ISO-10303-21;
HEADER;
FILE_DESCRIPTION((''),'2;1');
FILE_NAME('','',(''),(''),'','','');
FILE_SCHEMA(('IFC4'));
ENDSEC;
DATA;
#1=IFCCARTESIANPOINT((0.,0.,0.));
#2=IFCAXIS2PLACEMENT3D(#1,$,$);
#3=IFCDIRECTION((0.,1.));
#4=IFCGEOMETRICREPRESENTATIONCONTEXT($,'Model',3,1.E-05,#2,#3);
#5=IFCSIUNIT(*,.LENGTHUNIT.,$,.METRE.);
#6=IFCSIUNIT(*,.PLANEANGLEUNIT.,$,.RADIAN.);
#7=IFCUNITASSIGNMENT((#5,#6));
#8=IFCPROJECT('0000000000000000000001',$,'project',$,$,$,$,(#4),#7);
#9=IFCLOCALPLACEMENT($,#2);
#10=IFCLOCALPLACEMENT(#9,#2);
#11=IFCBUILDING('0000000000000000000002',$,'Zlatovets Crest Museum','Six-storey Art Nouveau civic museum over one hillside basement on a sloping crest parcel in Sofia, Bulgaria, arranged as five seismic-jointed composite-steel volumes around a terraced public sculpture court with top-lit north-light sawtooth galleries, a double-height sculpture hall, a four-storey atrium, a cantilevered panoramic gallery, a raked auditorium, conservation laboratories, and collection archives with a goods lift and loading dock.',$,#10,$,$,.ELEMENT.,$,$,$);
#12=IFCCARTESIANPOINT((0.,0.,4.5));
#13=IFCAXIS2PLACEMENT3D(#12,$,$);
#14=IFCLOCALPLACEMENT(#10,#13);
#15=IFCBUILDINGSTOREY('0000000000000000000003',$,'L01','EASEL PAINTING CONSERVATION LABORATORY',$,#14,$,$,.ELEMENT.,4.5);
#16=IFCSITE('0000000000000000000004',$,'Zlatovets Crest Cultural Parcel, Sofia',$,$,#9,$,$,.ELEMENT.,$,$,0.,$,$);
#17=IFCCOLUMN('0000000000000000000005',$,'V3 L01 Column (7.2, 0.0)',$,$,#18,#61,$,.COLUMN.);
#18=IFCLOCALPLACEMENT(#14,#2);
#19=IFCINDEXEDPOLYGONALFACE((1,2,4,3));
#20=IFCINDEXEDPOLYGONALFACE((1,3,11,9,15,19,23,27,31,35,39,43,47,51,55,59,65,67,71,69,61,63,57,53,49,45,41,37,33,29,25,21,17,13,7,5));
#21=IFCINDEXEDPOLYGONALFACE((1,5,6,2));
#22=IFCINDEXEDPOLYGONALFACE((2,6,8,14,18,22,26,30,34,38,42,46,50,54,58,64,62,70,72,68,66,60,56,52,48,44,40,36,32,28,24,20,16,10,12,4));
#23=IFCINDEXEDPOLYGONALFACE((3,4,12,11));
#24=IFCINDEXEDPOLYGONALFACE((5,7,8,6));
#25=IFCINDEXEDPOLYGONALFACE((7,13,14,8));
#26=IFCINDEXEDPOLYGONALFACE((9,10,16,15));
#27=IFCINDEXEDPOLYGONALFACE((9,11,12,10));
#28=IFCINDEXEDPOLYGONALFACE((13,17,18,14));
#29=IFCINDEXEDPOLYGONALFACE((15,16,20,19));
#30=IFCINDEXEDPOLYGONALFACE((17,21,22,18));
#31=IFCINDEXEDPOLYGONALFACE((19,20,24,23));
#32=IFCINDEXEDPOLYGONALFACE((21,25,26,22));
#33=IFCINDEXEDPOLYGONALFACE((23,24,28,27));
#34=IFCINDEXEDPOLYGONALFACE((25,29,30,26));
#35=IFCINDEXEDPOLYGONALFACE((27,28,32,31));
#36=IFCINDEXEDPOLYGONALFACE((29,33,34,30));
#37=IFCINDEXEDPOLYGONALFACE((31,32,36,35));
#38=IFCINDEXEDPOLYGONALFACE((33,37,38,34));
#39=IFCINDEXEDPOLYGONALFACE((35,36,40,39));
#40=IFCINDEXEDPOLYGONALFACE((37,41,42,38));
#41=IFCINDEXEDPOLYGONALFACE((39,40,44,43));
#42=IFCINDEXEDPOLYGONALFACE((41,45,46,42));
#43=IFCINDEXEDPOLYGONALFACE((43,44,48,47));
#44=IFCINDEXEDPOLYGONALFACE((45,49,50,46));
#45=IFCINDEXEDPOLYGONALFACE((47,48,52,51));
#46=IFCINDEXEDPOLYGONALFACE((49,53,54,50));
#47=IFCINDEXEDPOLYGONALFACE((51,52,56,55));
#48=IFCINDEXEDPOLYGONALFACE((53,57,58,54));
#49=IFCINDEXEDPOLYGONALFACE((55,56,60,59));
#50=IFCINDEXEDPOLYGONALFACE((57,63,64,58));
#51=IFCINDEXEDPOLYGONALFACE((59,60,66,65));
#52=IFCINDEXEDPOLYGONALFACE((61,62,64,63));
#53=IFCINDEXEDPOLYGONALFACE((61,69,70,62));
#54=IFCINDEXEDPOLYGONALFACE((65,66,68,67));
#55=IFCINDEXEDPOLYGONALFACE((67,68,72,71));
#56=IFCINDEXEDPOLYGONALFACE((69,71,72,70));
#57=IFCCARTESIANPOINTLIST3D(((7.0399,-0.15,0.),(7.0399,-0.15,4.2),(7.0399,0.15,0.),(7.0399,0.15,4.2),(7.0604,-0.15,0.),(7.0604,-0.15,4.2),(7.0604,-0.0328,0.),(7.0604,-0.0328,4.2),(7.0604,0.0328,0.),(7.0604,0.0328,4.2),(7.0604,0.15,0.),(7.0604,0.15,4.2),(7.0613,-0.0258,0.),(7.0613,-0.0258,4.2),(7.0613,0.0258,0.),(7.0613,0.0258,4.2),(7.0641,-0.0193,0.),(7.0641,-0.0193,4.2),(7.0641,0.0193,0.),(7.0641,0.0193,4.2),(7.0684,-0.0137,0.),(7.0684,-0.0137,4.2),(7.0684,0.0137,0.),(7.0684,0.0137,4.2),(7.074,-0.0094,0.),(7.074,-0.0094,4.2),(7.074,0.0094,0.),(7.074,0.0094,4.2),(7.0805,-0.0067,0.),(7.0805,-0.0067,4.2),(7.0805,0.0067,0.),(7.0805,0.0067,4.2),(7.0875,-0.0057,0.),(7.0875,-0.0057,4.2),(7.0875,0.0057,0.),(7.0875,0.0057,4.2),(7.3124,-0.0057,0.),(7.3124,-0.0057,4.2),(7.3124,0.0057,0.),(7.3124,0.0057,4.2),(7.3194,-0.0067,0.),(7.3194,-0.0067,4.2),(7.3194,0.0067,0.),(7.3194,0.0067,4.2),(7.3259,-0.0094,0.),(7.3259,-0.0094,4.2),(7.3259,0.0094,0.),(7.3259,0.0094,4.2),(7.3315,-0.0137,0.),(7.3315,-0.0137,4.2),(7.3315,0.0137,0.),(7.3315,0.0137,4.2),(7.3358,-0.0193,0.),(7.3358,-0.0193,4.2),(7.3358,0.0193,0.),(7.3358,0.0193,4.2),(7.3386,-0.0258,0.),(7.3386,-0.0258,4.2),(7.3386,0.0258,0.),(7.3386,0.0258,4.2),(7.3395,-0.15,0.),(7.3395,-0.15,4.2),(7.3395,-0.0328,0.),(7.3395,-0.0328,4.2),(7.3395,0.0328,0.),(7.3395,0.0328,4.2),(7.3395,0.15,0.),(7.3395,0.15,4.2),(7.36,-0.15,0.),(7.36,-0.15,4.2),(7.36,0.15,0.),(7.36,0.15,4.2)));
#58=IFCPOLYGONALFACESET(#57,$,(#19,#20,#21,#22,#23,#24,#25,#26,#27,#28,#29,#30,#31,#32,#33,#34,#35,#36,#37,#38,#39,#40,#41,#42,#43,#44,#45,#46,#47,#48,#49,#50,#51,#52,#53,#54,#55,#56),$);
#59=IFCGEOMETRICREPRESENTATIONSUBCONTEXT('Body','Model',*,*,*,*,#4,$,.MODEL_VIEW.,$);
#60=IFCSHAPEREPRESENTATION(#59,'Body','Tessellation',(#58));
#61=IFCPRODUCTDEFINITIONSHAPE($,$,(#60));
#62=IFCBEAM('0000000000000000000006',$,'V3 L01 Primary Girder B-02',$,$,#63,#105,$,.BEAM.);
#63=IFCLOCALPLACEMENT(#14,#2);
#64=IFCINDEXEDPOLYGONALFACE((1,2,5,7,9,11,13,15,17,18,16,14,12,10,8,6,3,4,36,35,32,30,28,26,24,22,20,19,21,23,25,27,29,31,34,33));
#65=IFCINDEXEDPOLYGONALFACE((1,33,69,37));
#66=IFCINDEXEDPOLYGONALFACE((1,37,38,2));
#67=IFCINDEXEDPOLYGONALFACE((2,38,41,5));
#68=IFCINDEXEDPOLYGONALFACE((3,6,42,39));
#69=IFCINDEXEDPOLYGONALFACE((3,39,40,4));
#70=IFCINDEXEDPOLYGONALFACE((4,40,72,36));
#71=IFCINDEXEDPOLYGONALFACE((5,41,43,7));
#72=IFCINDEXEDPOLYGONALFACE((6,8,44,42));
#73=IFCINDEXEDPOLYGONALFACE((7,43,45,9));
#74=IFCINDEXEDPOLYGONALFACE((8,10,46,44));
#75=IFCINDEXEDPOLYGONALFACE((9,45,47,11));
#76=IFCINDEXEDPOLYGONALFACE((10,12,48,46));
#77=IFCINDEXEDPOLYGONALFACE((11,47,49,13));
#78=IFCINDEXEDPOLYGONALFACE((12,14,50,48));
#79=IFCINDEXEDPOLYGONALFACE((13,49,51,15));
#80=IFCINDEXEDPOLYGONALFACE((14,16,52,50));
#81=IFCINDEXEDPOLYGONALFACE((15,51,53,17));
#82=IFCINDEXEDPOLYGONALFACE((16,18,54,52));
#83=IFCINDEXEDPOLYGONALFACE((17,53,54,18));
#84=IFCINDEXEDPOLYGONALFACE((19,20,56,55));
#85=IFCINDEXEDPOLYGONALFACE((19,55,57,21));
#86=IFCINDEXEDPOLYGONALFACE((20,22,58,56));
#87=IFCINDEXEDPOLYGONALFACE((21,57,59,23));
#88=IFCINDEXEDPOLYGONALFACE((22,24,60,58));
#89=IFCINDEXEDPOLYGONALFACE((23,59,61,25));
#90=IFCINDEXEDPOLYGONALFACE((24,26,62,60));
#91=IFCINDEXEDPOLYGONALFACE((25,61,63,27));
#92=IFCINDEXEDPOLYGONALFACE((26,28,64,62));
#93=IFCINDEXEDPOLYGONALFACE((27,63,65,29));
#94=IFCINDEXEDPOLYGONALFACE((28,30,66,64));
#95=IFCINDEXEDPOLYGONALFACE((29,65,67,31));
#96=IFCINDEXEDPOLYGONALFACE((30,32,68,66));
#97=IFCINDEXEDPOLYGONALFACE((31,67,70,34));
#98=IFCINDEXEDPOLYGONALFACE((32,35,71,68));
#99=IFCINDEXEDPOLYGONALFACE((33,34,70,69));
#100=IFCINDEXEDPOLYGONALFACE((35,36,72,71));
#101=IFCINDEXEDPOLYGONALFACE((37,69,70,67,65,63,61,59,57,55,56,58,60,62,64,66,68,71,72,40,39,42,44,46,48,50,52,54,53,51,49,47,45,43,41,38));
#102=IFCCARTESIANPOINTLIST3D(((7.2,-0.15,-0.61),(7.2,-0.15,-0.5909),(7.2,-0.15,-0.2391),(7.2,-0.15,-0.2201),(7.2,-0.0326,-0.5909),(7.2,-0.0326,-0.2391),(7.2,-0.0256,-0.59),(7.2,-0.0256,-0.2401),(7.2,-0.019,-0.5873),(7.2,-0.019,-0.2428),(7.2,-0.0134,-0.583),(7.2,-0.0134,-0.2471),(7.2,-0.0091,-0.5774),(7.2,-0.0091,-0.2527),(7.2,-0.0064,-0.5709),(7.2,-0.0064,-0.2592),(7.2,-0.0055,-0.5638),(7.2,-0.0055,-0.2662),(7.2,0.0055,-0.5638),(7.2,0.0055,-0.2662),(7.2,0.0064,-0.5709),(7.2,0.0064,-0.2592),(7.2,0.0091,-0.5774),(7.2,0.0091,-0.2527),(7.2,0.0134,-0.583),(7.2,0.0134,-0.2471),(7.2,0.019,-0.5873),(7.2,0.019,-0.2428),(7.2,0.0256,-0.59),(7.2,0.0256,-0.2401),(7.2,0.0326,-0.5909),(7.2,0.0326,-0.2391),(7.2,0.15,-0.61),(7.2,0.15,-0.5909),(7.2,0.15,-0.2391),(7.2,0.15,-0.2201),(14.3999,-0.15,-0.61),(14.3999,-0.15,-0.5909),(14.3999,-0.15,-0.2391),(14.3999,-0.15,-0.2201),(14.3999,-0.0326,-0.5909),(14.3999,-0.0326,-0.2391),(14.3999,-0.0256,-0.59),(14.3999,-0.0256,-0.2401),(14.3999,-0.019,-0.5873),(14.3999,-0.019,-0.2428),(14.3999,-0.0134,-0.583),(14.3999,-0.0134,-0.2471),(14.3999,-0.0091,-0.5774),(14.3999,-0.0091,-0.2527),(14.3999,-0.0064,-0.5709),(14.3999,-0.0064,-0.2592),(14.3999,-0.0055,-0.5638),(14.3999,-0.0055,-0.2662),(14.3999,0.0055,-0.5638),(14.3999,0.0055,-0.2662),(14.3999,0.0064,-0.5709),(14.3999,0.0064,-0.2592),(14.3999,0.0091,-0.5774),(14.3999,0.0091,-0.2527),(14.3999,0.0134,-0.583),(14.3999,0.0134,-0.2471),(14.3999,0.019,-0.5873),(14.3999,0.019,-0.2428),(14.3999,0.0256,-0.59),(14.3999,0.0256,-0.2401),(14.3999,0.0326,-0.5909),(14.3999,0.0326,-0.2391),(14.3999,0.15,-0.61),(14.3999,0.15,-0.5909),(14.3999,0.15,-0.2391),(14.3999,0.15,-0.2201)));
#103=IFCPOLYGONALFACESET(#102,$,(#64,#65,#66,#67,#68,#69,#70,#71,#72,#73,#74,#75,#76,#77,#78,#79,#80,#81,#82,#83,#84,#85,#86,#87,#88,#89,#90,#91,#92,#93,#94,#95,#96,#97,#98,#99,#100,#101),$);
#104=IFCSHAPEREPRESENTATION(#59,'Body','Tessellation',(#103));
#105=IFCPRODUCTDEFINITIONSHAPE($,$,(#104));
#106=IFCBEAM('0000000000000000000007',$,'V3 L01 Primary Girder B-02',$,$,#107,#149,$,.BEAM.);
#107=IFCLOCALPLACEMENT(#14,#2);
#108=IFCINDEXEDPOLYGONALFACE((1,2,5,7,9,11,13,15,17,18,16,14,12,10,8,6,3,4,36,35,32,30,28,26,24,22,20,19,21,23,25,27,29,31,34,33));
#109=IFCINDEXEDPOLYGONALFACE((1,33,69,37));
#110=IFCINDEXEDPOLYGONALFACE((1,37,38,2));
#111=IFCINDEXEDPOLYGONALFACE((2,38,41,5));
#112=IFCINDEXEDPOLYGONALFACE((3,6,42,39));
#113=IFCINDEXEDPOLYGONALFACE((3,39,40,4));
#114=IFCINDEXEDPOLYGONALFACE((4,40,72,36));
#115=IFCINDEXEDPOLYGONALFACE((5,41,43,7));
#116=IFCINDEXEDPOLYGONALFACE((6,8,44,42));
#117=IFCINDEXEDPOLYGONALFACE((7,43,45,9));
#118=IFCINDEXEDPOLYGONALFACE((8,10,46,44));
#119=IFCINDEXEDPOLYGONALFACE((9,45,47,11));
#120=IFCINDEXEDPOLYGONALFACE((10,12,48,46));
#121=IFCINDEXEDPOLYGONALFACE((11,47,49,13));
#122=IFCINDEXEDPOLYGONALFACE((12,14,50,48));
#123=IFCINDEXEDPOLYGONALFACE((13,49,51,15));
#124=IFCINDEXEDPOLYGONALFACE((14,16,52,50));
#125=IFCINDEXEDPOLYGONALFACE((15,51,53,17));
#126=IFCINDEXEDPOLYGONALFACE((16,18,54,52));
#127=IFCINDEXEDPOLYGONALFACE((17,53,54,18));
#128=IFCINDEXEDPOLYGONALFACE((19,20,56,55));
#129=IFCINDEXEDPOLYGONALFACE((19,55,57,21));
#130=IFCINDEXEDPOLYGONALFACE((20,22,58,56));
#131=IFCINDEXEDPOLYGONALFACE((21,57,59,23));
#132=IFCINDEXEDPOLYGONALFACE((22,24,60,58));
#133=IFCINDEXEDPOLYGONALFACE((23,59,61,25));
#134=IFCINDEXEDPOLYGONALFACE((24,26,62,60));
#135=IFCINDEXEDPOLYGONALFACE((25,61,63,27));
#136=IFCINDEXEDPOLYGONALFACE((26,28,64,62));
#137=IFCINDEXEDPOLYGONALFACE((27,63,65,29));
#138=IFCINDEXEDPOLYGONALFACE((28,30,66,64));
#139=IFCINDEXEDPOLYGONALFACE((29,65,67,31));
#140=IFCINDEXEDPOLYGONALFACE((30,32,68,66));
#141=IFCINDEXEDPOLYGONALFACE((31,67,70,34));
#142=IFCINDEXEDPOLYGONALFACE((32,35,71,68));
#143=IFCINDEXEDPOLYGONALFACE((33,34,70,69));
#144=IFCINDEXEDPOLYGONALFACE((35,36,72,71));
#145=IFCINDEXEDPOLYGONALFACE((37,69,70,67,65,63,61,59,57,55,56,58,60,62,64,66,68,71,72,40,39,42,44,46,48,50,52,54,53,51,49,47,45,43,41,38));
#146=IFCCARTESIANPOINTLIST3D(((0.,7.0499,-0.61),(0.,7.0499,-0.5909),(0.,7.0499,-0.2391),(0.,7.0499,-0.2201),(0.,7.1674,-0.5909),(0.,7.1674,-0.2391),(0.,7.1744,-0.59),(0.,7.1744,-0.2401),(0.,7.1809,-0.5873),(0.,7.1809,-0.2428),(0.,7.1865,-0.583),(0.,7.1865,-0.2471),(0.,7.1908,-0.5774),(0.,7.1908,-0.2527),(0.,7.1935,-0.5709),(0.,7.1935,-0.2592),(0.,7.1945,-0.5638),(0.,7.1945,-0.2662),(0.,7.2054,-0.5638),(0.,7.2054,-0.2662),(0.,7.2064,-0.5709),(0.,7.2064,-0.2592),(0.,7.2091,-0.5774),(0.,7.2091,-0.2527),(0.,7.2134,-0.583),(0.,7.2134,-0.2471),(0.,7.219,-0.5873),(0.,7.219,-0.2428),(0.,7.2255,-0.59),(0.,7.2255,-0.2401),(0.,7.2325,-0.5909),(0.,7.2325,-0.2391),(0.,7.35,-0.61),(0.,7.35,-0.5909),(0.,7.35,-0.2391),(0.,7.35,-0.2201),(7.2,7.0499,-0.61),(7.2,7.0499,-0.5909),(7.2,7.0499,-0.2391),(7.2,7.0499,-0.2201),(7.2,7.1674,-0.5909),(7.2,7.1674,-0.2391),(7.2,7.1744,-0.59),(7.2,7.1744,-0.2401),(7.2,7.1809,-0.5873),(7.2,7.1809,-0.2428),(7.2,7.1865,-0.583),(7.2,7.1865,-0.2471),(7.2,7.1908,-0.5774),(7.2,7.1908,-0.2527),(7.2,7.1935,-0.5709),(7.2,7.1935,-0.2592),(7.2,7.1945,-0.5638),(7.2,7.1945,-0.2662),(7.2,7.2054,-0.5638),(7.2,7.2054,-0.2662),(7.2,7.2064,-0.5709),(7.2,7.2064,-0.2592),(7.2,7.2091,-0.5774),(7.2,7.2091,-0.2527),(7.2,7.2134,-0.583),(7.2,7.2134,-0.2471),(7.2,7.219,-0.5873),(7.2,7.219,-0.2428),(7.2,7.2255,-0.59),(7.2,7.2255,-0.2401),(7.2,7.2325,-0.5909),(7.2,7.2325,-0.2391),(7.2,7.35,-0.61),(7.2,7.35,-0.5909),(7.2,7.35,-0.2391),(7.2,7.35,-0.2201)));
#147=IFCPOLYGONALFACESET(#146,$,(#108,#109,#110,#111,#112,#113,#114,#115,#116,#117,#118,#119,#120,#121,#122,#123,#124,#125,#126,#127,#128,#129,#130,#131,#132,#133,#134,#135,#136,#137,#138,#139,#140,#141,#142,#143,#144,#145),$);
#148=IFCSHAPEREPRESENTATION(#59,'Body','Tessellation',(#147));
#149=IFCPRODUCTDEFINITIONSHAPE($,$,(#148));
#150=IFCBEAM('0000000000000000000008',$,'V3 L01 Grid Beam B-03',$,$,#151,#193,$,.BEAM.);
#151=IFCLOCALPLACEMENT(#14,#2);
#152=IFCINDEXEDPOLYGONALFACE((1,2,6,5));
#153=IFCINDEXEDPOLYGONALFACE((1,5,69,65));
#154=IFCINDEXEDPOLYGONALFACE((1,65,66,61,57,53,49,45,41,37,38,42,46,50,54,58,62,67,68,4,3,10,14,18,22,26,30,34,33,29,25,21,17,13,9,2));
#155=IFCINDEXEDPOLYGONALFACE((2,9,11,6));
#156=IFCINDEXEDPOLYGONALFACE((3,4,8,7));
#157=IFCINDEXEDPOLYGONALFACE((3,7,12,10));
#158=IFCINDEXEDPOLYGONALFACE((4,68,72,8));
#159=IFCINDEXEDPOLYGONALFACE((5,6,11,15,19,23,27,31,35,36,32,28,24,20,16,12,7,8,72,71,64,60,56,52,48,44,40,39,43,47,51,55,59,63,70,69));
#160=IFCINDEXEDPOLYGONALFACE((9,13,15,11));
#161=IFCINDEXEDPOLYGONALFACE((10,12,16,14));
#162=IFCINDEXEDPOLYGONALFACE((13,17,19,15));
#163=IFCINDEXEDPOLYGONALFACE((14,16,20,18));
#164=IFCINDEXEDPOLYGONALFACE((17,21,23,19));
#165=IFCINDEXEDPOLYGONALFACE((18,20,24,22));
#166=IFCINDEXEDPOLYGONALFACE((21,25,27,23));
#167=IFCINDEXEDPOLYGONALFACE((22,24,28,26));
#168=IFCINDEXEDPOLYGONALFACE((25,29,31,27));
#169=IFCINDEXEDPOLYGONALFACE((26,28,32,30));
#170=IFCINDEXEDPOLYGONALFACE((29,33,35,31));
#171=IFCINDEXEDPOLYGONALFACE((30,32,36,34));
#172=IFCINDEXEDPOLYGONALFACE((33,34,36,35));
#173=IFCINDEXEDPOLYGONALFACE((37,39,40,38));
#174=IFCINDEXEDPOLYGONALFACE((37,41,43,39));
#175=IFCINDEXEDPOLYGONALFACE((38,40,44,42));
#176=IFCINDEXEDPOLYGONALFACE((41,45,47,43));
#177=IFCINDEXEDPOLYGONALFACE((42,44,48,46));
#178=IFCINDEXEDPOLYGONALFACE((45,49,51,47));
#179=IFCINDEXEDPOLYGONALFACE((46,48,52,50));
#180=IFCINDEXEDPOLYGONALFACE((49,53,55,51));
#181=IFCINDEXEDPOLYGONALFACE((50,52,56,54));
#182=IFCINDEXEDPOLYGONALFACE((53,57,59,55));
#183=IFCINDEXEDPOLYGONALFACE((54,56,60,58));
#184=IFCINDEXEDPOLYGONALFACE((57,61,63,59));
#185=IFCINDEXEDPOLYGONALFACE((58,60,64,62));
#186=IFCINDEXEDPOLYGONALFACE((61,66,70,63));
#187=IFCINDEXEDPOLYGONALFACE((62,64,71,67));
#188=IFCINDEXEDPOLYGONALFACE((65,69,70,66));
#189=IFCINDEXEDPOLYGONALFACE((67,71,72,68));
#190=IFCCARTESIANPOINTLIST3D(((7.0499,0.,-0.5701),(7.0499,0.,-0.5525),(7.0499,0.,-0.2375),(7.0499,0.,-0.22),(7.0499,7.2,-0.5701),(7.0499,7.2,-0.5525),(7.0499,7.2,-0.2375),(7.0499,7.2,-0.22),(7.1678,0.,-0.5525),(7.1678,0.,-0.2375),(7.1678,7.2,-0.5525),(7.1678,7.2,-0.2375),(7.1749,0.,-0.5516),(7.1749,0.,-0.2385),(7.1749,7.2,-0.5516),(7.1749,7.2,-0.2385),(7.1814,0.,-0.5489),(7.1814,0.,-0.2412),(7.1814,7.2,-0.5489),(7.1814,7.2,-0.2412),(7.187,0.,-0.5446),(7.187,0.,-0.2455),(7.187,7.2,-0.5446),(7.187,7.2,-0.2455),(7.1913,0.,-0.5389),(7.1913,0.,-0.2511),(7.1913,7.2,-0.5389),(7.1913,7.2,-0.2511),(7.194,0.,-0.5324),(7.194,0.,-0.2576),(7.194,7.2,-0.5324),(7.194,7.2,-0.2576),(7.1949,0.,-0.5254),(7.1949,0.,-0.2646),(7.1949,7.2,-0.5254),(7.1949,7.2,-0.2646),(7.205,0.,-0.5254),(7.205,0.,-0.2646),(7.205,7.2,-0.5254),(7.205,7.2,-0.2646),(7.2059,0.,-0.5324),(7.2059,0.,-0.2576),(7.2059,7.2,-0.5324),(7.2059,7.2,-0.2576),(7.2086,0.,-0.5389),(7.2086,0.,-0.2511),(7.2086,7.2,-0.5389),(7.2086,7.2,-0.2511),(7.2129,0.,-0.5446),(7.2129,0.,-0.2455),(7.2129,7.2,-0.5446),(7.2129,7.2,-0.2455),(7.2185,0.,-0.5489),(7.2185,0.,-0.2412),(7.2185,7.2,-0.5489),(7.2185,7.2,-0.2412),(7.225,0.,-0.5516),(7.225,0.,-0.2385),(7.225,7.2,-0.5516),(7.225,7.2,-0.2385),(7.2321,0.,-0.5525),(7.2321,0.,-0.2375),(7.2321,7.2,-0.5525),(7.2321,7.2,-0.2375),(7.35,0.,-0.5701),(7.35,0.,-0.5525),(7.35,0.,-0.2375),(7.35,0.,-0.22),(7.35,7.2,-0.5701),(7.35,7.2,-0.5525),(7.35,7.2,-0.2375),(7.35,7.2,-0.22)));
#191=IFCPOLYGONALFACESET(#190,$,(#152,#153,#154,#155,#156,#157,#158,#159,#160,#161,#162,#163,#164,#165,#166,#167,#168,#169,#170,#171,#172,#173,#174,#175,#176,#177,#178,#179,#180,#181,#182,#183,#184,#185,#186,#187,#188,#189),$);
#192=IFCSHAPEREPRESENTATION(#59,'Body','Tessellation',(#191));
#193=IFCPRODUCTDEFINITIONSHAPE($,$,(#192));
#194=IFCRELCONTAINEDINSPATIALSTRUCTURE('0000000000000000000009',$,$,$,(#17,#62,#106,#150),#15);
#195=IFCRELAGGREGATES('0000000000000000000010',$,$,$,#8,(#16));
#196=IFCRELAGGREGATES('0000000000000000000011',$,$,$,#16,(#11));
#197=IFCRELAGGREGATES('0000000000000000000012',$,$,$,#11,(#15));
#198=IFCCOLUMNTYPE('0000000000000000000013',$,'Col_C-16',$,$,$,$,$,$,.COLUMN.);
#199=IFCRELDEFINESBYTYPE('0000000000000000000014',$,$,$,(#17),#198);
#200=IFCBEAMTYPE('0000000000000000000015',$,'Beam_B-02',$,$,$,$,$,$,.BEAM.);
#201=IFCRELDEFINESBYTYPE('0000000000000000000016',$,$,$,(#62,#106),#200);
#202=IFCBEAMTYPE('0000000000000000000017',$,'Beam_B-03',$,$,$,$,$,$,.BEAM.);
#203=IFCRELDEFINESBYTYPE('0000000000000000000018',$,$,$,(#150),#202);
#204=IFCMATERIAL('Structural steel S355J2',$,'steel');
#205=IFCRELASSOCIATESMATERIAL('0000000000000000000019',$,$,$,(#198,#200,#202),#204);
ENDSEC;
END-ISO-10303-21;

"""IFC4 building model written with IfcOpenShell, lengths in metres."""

from ifc_helpers import new_model, si_unit, direction, frame, origin, origin_2d, place, context, subcontext, project, spatial, i_section, extrude, material, material_profile, profile_set, type_object, element, save


model = new_model("IFC4")

# Units and contexts
model_context = context("Model", 3, precision=1e-05, world=origin(), true_north=direction((0.0, 1.0)))
body_context = subcontext(model_context, "Body", "Model", "MODEL_VIEW")
ifc_project = project(units=[si_unit("LENGTHUNIT", "METRE"), si_unit("PLANEANGLEUNIT", "RADIAN")], contexts=[model_context])

# Site, building, storey
site_placement = place(None, origin())
site = spatial("IfcSite", under=ifc_project, at=site_placement, Name="Zlatovets Crest Cultural Parcel, Sofia", CompositionType="ELEMENT", RefElevation=0.0)
building_placement = place(site_placement, origin())
building = spatial("IfcBuilding", under=site, at=building_placement, Name="Zlatovets Crest Museum", Description="Six-storey Art Nouveau civic museum over one hillside basement on a sloping crest parcel in Sofia, Bulgaria, arranged as five seismic-jointed composite-steel volumes around a terraced public sculpture court with top-lit north-light sawtooth galleries, a double-height sculpture hall, a four-storey atrium, a cantilevered panoramic gallery, a raked auditorium, conservation laboratories, and collection archives with a goods lift and loading dock.", CompositionType="ELEMENT")
storey_placement = place(building_placement, frame((0.0, 0.0, 4.5)))
storey = spatial("IfcBuildingStorey", under=building, at=storey_placement, Name="L01", Description="EASEL PAINTING CONSERVATION LABORATORY", CompositionType="ELEMENT", Elevation=4.5)

# Column
ifc_material_1 = material(Name="Structural steel S355J2", Category="steel")
ifc_material_profile_1 = material_profile(ifc_material_1, i_section(OverallWidth=0.3, OverallDepth=0.3201, WebThickness=0.0115, FlangeThickness=0.0205, FilletRadius=0.0271, at=origin_2d()), Name="HEB 320")
ifc_profile_set_1 = profile_set([ifc_material_profile_1], Name="Structural steel S355J2")
column_type = type_object("IfcColumnType", Name="Col_C-16", PredefinedType="COLUMN", material=ifc_profile_set_1)
column_placement = place(storey_placement, frame((7.2, 0.0, 0.0), z_axis=(0.0, 0.0, 1.0), x_axis=(0.0, 1.0, 0.0)))
element("IfcColumn", 1, at=column_placement, inside=storey, type_object=column_type, Name="V3 L01 Column (7.2, 0.0)", PredefinedType="COLUMN", context=body_context, shape_type="SweptSolid", body=[
    extrude(i_section(OverallWidth=0.3, OverallDepth=0.3201, WebThickness=0.0115, FlangeThickness=0.0205, FilletRadius=0.0271, at=origin_2d()), origin(), (0.0, 0.0, 1.0), 4.2),
])

# Beams
ifc_material_profile_2 = material_profile(ifc_material_1, i_section(OverallWidth=0.3, OverallDepth=0.3899, WebThickness=0.011, FlangeThickness=0.019, FilletRadius=0.0271, at=origin_2d()), Name="HEA 400")
ifc_profile_set_2 = profile_set([ifc_material_profile_2], Name="Structural steel S355J2")
beam_type_1 = type_object("IfcBeamType", Name="Beam_B-02", PredefinedType="BEAM", material=ifc_profile_set_2)
for number, where, z_axis, x_axis, name in (
    (2, (7.2, 0.0, -0.415), (1.0, 0.0, 0.0), (0.0, 1.0, 0.0), "V3 L01 Primary Girder B-02"),
    (3, (0.0, 7.2, -0.415), (1.0, 0.0, 0.0), (0.0, 1.0, 0.0), "V3 L01 Primary Girder B-02"),
):
    element("IfcBeam", number, at=place(storey_placement, frame(where, z_axis=z_axis, x_axis=x_axis)), inside=storey, type_object=beam_type_1, Name=name, PredefinedType="BEAM", context=body_context, shape_type="SweptSolid", body=[
        extrude(i_section(OverallWidth=0.3, OverallDepth=0.3899, WebThickness=0.011, FlangeThickness=0.019, FilletRadius=0.0271, at=origin_2d()), origin(), (0.0, 0.0, 1.0), 7.2),
    ])
ifc_material_profile_3 = material_profile(ifc_material_1, i_section(OverallWidth=0.3, OverallDepth=0.3501, WebThickness=0.01, FlangeThickness=0.0176, FilletRadius=0.0271, at=origin_2d()), Name="HEA 360")
ifc_profile_set_3 = profile_set([ifc_material_profile_3], Name="Structural steel S355J2")
beam_type_2 = type_object("IfcBeamType", Name="Beam_B-03", PredefinedType="BEAM", material=ifc_profile_set_3)
beam_1_placement = place(storey_placement, frame((7.2, 0.0, -0.395), z_axis=(0.0, 1.0, 0.0), x_axis=(-1.0, 0.0, 0.0)))
element("IfcBeam", 4, at=beam_1_placement, inside=storey, type_object=beam_type_2, Name="V3 L01 Grid Beam B-03", PredefinedType="BEAM", context=body_context, shape_type="SweptSolid", body=[
    extrude(i_section(OverallWidth=0.3, OverallDepth=0.3501, WebThickness=0.01, FlangeThickness=0.0176, FilletRadius=0.0271, at=origin_2d()), origin(), (0.0, 0.0, 1.0), 7.2),
])

save(model, "model.ifc")
